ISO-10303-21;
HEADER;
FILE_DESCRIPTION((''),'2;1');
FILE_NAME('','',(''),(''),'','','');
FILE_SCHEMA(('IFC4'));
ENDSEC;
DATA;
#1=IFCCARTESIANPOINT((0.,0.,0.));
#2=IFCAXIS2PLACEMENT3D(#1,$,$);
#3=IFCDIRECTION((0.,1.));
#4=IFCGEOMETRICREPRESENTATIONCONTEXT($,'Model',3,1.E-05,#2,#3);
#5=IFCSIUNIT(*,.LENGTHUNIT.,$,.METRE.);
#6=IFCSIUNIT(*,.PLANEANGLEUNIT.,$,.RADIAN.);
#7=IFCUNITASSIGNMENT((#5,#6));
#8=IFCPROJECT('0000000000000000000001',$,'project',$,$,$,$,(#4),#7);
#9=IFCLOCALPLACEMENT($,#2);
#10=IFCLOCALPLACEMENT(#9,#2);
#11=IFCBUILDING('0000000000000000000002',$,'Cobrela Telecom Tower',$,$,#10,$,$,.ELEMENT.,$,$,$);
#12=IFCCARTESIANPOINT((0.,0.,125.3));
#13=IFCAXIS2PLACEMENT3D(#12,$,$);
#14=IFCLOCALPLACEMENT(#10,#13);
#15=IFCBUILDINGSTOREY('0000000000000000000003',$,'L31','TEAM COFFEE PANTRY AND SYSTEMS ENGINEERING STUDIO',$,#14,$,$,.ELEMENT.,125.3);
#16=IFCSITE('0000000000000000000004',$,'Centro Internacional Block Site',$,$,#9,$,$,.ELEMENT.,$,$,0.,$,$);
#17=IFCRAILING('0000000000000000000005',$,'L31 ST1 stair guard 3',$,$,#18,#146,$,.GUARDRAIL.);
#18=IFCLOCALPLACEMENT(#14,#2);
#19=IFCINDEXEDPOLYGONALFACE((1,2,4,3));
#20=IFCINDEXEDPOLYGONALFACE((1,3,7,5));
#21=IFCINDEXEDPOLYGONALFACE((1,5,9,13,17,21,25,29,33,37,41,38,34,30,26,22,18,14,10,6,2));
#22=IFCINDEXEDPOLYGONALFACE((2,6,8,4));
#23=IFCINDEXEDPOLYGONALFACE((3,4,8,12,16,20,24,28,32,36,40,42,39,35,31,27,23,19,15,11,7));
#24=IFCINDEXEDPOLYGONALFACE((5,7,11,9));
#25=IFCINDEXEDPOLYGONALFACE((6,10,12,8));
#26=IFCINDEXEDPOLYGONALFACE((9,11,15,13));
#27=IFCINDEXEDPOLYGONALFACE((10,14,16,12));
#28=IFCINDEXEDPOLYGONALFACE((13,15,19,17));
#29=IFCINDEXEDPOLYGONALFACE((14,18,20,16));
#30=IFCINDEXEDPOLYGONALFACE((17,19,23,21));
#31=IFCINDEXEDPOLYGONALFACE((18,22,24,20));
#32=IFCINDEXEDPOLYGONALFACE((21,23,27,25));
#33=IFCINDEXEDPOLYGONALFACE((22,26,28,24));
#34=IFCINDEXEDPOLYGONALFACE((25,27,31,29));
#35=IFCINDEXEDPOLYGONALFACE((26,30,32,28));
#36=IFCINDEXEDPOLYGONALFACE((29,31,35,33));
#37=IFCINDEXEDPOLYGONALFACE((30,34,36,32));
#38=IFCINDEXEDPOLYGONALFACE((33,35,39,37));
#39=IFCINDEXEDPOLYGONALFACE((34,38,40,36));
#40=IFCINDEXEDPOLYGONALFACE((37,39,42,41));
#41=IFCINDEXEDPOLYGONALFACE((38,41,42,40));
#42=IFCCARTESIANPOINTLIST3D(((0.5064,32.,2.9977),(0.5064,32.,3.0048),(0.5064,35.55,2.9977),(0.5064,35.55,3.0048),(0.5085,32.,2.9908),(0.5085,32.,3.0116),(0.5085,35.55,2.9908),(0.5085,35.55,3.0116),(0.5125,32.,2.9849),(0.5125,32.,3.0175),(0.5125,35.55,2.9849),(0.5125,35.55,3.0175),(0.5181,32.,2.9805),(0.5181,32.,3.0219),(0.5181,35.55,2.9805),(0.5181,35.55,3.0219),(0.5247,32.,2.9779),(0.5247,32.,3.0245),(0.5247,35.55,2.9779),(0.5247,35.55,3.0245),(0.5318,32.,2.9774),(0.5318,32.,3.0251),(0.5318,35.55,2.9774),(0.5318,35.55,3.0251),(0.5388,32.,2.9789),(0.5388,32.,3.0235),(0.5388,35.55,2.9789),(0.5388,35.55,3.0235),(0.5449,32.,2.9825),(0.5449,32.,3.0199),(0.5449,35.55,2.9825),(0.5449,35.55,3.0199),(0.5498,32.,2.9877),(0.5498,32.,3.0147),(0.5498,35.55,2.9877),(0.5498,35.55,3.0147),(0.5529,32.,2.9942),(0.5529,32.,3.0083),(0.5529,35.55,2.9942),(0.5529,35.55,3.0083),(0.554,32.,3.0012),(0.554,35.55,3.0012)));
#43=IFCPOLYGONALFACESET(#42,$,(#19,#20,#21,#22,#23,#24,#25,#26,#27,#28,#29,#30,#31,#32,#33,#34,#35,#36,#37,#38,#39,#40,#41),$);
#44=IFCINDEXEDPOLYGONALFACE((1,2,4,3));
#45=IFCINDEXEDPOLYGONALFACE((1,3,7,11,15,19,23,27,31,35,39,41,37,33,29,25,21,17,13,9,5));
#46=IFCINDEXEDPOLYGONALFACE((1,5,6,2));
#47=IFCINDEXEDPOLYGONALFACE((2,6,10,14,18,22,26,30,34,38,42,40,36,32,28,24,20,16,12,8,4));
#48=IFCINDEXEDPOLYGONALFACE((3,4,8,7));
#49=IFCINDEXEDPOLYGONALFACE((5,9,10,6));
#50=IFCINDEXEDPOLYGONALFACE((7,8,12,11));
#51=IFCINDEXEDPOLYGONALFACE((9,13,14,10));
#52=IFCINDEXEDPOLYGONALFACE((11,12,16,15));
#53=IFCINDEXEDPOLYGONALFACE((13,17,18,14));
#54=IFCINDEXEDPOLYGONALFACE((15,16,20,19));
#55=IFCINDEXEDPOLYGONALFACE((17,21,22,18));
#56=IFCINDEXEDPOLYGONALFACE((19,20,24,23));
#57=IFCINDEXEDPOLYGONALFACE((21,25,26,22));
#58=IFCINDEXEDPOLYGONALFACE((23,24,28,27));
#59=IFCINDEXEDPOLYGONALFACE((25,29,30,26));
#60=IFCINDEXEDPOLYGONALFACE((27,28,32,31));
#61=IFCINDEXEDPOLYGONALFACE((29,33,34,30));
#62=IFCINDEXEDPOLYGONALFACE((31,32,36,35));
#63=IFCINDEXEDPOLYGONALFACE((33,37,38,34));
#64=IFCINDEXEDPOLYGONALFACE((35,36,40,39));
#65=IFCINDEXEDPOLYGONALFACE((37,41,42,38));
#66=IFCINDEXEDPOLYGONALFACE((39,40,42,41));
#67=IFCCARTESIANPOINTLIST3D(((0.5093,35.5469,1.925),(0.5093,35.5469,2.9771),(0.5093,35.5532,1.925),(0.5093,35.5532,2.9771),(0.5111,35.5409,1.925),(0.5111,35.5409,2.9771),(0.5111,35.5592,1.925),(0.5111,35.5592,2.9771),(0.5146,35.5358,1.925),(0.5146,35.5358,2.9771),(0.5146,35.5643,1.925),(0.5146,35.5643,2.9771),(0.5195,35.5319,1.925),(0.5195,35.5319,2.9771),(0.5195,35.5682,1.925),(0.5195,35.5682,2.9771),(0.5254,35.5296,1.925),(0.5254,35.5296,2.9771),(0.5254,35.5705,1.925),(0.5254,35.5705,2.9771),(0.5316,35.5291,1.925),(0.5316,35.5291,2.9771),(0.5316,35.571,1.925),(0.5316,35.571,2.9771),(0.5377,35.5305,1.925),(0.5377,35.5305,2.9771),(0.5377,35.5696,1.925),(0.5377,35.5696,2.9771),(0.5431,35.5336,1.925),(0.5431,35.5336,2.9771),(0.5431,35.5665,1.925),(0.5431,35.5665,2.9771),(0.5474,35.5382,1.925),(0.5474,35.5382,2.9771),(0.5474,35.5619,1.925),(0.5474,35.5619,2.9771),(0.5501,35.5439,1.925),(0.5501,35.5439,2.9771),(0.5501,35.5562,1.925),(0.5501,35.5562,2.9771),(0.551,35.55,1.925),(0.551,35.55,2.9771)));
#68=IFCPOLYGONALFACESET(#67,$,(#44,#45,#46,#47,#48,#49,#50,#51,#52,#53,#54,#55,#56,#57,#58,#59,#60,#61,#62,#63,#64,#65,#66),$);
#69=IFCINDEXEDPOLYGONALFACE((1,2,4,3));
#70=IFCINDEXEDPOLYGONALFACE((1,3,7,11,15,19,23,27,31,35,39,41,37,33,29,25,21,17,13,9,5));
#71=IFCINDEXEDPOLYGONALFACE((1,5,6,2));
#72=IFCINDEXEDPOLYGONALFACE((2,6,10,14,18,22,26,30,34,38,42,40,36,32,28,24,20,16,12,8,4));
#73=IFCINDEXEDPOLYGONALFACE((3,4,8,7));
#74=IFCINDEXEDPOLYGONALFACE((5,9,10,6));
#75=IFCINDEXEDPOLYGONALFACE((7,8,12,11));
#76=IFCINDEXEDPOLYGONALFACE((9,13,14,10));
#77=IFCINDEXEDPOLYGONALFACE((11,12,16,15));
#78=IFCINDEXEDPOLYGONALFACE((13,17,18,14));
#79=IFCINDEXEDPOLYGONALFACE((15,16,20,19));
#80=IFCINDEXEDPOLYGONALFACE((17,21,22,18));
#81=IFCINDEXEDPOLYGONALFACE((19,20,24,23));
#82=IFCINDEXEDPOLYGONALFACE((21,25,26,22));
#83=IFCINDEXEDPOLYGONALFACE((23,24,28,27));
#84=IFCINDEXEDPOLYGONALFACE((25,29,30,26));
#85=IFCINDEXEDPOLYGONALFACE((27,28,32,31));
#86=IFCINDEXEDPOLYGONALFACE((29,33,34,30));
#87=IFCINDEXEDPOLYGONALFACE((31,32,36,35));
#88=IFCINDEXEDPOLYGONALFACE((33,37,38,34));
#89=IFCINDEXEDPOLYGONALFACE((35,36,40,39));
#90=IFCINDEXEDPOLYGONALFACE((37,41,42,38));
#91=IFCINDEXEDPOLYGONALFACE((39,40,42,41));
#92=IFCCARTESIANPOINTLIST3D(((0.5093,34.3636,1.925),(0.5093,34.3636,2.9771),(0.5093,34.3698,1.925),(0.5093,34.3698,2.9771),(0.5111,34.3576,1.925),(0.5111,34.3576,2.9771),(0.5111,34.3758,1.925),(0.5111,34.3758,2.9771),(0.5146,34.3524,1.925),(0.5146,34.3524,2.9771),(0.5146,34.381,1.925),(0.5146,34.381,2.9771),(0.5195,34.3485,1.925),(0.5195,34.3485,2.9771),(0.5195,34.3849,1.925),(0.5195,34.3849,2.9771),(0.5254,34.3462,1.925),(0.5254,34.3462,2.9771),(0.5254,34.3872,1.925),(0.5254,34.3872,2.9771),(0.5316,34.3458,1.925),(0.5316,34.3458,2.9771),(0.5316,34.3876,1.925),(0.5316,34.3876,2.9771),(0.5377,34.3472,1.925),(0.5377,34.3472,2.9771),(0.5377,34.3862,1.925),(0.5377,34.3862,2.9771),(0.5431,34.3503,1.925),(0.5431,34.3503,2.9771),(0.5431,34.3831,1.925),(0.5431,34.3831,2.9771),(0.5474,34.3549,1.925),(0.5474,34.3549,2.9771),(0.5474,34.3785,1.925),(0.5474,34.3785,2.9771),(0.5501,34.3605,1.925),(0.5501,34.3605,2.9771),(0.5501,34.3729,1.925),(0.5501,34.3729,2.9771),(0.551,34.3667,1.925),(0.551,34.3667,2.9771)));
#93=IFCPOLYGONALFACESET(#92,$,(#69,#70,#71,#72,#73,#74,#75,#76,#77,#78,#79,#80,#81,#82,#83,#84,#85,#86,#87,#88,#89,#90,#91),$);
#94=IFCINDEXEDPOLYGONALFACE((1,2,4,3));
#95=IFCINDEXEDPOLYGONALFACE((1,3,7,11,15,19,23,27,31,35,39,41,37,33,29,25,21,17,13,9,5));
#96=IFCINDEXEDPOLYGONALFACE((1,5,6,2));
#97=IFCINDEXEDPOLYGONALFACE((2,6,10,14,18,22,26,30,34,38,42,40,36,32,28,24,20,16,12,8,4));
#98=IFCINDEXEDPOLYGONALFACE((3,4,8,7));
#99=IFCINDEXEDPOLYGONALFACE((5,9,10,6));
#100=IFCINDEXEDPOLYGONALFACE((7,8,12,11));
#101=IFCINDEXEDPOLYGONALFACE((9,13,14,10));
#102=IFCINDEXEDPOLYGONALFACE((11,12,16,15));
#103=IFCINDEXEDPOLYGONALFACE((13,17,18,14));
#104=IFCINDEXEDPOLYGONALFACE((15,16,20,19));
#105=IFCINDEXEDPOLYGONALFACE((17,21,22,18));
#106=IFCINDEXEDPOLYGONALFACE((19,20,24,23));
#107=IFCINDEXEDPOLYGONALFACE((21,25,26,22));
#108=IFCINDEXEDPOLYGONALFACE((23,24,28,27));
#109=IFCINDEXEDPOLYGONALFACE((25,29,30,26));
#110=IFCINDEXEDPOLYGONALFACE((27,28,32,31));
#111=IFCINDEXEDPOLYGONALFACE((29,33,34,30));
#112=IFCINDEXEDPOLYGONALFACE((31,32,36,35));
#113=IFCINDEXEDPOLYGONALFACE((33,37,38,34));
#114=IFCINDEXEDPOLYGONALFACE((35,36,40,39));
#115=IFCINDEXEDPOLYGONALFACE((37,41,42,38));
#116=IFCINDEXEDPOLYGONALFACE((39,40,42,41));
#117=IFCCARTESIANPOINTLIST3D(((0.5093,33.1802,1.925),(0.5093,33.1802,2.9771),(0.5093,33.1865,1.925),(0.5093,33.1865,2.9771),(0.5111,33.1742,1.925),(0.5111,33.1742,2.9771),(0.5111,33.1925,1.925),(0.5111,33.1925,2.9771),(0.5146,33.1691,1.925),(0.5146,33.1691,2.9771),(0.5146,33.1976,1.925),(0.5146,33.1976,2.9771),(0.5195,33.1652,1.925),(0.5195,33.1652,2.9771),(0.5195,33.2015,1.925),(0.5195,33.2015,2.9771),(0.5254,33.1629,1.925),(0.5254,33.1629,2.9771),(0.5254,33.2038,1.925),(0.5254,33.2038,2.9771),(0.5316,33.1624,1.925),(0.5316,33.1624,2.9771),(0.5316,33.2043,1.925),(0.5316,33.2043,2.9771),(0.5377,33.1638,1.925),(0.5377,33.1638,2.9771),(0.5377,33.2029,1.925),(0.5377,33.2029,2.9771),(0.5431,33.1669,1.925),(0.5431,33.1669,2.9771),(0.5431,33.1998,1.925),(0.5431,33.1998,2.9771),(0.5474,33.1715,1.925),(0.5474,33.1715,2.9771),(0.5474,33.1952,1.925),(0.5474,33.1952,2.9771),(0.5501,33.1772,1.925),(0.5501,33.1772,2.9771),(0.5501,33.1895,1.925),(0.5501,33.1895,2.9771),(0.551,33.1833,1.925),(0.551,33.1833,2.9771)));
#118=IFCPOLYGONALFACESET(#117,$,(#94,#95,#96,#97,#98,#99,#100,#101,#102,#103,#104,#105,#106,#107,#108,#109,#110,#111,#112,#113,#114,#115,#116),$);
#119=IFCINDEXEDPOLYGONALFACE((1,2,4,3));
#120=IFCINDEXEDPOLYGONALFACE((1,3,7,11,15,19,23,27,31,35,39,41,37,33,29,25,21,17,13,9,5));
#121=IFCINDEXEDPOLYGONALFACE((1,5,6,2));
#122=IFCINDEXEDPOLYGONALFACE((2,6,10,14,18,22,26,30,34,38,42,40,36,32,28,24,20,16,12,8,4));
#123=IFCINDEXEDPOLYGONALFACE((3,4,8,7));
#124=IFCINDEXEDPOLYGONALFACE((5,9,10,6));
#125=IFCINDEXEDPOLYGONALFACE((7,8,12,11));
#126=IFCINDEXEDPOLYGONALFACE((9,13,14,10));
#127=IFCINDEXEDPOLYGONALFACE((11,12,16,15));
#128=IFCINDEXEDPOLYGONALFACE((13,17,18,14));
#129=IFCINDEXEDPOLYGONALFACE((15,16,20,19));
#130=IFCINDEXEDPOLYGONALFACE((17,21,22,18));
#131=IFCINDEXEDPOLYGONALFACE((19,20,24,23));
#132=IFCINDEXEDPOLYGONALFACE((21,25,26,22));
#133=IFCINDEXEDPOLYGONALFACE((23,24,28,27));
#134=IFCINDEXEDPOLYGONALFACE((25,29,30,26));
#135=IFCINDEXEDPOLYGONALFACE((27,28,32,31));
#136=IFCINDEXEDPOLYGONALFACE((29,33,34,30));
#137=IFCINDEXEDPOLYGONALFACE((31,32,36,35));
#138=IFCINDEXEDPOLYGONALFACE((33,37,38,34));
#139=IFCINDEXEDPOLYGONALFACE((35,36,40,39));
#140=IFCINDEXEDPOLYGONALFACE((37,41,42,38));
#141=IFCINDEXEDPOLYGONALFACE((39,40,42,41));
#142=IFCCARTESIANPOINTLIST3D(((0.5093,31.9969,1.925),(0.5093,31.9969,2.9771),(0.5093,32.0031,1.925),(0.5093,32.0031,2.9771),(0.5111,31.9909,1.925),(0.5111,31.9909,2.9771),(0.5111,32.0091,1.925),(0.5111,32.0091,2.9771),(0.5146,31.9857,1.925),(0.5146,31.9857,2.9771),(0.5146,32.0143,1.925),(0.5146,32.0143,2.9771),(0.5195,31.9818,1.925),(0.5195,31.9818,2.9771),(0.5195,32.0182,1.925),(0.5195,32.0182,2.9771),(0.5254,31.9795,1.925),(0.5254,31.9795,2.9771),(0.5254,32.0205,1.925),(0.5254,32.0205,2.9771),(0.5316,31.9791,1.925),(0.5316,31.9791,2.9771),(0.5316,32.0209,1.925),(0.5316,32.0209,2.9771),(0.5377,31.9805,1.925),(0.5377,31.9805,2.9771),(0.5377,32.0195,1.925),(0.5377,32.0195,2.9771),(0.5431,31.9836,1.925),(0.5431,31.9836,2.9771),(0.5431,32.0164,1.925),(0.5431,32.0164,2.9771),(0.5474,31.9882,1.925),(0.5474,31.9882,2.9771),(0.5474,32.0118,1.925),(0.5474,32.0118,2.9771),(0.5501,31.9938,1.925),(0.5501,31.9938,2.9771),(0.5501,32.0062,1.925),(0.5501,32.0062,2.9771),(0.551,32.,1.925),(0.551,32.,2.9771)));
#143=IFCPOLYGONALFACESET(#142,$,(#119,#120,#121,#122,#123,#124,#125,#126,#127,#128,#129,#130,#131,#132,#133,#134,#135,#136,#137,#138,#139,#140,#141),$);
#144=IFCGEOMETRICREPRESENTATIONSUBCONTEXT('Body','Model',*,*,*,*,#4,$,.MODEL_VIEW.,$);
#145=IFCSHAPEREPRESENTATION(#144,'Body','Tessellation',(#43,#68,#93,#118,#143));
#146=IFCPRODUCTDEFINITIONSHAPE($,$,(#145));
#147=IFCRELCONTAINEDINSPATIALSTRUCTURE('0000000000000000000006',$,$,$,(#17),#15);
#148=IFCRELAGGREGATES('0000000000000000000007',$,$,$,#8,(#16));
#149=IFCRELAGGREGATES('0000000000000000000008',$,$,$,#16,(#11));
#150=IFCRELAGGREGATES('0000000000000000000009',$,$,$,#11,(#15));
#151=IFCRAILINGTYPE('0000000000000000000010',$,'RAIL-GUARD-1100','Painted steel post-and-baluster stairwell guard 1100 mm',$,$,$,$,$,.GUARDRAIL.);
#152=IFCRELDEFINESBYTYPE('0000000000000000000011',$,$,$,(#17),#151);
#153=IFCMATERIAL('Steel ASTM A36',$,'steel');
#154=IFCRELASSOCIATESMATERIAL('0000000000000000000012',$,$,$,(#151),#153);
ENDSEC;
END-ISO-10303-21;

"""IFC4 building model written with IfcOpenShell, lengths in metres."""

from ifc_helpers import new_model, si_unit, direction, frame, origin, origin_2d, place, context, subcontext, project, spatial, circle, extrude, material, type_object, element, save


model = new_model("IFC4")

# Units and contexts
model_context = context("Model", 3, precision=1e-05, world=origin(), true_north=direction((0.0, 1.0)))
body_context = subcontext(model_context, "Body", "Model", "MODEL_VIEW")
ifc_project = project(units=[si_unit("LENGTHUNIT", "METRE"), si_unit("PLANEANGLEUNIT", "RADIAN")], contexts=[model_context])

# Site, building, storey
site_placement = place(None, origin())
site = spatial("IfcSite", under=ifc_project, at=site_placement, Name="Centro Internacional Block Site", CompositionType="ELEMENT", RefElevation=0.0)
building_placement = place(site_placement, origin())
building = spatial("IfcBuilding", under=site, at=building_placement, Name="Cobrela Telecom Tower", CompositionType="ELEMENT")
storey_placement = place(building_placement, frame((0.0, 0.0, 125.3)))
storey = spatial("IfcBuildingStorey", under=building, at=storey_placement, Name="L31", Description="TEAM COFFEE PANTRY AND SYSTEMS ENGINEERING STUDIO", CompositionType="ELEMENT", Elevation=125.3)

# Shared definitions
ifc_material_1 = material(Name="Steel ASTM A36", Category="steel")

# Railing
railing_type_1 = type_object("IfcRailingType", Name="RAIL-GUARD-1100", Description="Painted steel post-and-baluster stairwell guard 1100 mm", PredefinedType="GUARDRAIL", material=ifc_material_1)
railing_1_placement = place(storey_placement, frame((0.53, 35.55, 1.925)))
element("IfcRailing", 1, at=railing_1_placement, inside=storey, type_object=railing_type_1, Name="L31 ST1 stair guard 3", PredefinedType="GUARDRAIL", context=body_context, shape_type="SweptSolid", body=[
    extrude(circle(Radius=0.0239, at=origin_2d()), frame((0.0, 0.0, 1.0762), z_axis=(0.0, -1.0, 0.0), x_axis=(1.0, 0.0, 0.0)), (0.0, 0.0, 1.0), 3.55),
    extrude(circle(Radius=0.021, at=origin_2d()), origin(), (0.0, 0.0, 1.0), 1.052),
    extrude(circle(Radius=0.021, at=origin_2d()), frame((0.0, -1.1833, 0.0)), (0.0, 0.0, 1.0), 1.052),
    extrude(circle(Radius=0.021, at=origin_2d()), frame((0.0, -2.3667, 0.0)), (0.0, 0.0, 1.0), 1.052),
    extrude(circle(Radius=0.021, at=origin_2d()), frame((0.0, -3.55, 0.0)), (0.0, 0.0, 1.0), 1.052),
])

save(model, "model.ifc")
